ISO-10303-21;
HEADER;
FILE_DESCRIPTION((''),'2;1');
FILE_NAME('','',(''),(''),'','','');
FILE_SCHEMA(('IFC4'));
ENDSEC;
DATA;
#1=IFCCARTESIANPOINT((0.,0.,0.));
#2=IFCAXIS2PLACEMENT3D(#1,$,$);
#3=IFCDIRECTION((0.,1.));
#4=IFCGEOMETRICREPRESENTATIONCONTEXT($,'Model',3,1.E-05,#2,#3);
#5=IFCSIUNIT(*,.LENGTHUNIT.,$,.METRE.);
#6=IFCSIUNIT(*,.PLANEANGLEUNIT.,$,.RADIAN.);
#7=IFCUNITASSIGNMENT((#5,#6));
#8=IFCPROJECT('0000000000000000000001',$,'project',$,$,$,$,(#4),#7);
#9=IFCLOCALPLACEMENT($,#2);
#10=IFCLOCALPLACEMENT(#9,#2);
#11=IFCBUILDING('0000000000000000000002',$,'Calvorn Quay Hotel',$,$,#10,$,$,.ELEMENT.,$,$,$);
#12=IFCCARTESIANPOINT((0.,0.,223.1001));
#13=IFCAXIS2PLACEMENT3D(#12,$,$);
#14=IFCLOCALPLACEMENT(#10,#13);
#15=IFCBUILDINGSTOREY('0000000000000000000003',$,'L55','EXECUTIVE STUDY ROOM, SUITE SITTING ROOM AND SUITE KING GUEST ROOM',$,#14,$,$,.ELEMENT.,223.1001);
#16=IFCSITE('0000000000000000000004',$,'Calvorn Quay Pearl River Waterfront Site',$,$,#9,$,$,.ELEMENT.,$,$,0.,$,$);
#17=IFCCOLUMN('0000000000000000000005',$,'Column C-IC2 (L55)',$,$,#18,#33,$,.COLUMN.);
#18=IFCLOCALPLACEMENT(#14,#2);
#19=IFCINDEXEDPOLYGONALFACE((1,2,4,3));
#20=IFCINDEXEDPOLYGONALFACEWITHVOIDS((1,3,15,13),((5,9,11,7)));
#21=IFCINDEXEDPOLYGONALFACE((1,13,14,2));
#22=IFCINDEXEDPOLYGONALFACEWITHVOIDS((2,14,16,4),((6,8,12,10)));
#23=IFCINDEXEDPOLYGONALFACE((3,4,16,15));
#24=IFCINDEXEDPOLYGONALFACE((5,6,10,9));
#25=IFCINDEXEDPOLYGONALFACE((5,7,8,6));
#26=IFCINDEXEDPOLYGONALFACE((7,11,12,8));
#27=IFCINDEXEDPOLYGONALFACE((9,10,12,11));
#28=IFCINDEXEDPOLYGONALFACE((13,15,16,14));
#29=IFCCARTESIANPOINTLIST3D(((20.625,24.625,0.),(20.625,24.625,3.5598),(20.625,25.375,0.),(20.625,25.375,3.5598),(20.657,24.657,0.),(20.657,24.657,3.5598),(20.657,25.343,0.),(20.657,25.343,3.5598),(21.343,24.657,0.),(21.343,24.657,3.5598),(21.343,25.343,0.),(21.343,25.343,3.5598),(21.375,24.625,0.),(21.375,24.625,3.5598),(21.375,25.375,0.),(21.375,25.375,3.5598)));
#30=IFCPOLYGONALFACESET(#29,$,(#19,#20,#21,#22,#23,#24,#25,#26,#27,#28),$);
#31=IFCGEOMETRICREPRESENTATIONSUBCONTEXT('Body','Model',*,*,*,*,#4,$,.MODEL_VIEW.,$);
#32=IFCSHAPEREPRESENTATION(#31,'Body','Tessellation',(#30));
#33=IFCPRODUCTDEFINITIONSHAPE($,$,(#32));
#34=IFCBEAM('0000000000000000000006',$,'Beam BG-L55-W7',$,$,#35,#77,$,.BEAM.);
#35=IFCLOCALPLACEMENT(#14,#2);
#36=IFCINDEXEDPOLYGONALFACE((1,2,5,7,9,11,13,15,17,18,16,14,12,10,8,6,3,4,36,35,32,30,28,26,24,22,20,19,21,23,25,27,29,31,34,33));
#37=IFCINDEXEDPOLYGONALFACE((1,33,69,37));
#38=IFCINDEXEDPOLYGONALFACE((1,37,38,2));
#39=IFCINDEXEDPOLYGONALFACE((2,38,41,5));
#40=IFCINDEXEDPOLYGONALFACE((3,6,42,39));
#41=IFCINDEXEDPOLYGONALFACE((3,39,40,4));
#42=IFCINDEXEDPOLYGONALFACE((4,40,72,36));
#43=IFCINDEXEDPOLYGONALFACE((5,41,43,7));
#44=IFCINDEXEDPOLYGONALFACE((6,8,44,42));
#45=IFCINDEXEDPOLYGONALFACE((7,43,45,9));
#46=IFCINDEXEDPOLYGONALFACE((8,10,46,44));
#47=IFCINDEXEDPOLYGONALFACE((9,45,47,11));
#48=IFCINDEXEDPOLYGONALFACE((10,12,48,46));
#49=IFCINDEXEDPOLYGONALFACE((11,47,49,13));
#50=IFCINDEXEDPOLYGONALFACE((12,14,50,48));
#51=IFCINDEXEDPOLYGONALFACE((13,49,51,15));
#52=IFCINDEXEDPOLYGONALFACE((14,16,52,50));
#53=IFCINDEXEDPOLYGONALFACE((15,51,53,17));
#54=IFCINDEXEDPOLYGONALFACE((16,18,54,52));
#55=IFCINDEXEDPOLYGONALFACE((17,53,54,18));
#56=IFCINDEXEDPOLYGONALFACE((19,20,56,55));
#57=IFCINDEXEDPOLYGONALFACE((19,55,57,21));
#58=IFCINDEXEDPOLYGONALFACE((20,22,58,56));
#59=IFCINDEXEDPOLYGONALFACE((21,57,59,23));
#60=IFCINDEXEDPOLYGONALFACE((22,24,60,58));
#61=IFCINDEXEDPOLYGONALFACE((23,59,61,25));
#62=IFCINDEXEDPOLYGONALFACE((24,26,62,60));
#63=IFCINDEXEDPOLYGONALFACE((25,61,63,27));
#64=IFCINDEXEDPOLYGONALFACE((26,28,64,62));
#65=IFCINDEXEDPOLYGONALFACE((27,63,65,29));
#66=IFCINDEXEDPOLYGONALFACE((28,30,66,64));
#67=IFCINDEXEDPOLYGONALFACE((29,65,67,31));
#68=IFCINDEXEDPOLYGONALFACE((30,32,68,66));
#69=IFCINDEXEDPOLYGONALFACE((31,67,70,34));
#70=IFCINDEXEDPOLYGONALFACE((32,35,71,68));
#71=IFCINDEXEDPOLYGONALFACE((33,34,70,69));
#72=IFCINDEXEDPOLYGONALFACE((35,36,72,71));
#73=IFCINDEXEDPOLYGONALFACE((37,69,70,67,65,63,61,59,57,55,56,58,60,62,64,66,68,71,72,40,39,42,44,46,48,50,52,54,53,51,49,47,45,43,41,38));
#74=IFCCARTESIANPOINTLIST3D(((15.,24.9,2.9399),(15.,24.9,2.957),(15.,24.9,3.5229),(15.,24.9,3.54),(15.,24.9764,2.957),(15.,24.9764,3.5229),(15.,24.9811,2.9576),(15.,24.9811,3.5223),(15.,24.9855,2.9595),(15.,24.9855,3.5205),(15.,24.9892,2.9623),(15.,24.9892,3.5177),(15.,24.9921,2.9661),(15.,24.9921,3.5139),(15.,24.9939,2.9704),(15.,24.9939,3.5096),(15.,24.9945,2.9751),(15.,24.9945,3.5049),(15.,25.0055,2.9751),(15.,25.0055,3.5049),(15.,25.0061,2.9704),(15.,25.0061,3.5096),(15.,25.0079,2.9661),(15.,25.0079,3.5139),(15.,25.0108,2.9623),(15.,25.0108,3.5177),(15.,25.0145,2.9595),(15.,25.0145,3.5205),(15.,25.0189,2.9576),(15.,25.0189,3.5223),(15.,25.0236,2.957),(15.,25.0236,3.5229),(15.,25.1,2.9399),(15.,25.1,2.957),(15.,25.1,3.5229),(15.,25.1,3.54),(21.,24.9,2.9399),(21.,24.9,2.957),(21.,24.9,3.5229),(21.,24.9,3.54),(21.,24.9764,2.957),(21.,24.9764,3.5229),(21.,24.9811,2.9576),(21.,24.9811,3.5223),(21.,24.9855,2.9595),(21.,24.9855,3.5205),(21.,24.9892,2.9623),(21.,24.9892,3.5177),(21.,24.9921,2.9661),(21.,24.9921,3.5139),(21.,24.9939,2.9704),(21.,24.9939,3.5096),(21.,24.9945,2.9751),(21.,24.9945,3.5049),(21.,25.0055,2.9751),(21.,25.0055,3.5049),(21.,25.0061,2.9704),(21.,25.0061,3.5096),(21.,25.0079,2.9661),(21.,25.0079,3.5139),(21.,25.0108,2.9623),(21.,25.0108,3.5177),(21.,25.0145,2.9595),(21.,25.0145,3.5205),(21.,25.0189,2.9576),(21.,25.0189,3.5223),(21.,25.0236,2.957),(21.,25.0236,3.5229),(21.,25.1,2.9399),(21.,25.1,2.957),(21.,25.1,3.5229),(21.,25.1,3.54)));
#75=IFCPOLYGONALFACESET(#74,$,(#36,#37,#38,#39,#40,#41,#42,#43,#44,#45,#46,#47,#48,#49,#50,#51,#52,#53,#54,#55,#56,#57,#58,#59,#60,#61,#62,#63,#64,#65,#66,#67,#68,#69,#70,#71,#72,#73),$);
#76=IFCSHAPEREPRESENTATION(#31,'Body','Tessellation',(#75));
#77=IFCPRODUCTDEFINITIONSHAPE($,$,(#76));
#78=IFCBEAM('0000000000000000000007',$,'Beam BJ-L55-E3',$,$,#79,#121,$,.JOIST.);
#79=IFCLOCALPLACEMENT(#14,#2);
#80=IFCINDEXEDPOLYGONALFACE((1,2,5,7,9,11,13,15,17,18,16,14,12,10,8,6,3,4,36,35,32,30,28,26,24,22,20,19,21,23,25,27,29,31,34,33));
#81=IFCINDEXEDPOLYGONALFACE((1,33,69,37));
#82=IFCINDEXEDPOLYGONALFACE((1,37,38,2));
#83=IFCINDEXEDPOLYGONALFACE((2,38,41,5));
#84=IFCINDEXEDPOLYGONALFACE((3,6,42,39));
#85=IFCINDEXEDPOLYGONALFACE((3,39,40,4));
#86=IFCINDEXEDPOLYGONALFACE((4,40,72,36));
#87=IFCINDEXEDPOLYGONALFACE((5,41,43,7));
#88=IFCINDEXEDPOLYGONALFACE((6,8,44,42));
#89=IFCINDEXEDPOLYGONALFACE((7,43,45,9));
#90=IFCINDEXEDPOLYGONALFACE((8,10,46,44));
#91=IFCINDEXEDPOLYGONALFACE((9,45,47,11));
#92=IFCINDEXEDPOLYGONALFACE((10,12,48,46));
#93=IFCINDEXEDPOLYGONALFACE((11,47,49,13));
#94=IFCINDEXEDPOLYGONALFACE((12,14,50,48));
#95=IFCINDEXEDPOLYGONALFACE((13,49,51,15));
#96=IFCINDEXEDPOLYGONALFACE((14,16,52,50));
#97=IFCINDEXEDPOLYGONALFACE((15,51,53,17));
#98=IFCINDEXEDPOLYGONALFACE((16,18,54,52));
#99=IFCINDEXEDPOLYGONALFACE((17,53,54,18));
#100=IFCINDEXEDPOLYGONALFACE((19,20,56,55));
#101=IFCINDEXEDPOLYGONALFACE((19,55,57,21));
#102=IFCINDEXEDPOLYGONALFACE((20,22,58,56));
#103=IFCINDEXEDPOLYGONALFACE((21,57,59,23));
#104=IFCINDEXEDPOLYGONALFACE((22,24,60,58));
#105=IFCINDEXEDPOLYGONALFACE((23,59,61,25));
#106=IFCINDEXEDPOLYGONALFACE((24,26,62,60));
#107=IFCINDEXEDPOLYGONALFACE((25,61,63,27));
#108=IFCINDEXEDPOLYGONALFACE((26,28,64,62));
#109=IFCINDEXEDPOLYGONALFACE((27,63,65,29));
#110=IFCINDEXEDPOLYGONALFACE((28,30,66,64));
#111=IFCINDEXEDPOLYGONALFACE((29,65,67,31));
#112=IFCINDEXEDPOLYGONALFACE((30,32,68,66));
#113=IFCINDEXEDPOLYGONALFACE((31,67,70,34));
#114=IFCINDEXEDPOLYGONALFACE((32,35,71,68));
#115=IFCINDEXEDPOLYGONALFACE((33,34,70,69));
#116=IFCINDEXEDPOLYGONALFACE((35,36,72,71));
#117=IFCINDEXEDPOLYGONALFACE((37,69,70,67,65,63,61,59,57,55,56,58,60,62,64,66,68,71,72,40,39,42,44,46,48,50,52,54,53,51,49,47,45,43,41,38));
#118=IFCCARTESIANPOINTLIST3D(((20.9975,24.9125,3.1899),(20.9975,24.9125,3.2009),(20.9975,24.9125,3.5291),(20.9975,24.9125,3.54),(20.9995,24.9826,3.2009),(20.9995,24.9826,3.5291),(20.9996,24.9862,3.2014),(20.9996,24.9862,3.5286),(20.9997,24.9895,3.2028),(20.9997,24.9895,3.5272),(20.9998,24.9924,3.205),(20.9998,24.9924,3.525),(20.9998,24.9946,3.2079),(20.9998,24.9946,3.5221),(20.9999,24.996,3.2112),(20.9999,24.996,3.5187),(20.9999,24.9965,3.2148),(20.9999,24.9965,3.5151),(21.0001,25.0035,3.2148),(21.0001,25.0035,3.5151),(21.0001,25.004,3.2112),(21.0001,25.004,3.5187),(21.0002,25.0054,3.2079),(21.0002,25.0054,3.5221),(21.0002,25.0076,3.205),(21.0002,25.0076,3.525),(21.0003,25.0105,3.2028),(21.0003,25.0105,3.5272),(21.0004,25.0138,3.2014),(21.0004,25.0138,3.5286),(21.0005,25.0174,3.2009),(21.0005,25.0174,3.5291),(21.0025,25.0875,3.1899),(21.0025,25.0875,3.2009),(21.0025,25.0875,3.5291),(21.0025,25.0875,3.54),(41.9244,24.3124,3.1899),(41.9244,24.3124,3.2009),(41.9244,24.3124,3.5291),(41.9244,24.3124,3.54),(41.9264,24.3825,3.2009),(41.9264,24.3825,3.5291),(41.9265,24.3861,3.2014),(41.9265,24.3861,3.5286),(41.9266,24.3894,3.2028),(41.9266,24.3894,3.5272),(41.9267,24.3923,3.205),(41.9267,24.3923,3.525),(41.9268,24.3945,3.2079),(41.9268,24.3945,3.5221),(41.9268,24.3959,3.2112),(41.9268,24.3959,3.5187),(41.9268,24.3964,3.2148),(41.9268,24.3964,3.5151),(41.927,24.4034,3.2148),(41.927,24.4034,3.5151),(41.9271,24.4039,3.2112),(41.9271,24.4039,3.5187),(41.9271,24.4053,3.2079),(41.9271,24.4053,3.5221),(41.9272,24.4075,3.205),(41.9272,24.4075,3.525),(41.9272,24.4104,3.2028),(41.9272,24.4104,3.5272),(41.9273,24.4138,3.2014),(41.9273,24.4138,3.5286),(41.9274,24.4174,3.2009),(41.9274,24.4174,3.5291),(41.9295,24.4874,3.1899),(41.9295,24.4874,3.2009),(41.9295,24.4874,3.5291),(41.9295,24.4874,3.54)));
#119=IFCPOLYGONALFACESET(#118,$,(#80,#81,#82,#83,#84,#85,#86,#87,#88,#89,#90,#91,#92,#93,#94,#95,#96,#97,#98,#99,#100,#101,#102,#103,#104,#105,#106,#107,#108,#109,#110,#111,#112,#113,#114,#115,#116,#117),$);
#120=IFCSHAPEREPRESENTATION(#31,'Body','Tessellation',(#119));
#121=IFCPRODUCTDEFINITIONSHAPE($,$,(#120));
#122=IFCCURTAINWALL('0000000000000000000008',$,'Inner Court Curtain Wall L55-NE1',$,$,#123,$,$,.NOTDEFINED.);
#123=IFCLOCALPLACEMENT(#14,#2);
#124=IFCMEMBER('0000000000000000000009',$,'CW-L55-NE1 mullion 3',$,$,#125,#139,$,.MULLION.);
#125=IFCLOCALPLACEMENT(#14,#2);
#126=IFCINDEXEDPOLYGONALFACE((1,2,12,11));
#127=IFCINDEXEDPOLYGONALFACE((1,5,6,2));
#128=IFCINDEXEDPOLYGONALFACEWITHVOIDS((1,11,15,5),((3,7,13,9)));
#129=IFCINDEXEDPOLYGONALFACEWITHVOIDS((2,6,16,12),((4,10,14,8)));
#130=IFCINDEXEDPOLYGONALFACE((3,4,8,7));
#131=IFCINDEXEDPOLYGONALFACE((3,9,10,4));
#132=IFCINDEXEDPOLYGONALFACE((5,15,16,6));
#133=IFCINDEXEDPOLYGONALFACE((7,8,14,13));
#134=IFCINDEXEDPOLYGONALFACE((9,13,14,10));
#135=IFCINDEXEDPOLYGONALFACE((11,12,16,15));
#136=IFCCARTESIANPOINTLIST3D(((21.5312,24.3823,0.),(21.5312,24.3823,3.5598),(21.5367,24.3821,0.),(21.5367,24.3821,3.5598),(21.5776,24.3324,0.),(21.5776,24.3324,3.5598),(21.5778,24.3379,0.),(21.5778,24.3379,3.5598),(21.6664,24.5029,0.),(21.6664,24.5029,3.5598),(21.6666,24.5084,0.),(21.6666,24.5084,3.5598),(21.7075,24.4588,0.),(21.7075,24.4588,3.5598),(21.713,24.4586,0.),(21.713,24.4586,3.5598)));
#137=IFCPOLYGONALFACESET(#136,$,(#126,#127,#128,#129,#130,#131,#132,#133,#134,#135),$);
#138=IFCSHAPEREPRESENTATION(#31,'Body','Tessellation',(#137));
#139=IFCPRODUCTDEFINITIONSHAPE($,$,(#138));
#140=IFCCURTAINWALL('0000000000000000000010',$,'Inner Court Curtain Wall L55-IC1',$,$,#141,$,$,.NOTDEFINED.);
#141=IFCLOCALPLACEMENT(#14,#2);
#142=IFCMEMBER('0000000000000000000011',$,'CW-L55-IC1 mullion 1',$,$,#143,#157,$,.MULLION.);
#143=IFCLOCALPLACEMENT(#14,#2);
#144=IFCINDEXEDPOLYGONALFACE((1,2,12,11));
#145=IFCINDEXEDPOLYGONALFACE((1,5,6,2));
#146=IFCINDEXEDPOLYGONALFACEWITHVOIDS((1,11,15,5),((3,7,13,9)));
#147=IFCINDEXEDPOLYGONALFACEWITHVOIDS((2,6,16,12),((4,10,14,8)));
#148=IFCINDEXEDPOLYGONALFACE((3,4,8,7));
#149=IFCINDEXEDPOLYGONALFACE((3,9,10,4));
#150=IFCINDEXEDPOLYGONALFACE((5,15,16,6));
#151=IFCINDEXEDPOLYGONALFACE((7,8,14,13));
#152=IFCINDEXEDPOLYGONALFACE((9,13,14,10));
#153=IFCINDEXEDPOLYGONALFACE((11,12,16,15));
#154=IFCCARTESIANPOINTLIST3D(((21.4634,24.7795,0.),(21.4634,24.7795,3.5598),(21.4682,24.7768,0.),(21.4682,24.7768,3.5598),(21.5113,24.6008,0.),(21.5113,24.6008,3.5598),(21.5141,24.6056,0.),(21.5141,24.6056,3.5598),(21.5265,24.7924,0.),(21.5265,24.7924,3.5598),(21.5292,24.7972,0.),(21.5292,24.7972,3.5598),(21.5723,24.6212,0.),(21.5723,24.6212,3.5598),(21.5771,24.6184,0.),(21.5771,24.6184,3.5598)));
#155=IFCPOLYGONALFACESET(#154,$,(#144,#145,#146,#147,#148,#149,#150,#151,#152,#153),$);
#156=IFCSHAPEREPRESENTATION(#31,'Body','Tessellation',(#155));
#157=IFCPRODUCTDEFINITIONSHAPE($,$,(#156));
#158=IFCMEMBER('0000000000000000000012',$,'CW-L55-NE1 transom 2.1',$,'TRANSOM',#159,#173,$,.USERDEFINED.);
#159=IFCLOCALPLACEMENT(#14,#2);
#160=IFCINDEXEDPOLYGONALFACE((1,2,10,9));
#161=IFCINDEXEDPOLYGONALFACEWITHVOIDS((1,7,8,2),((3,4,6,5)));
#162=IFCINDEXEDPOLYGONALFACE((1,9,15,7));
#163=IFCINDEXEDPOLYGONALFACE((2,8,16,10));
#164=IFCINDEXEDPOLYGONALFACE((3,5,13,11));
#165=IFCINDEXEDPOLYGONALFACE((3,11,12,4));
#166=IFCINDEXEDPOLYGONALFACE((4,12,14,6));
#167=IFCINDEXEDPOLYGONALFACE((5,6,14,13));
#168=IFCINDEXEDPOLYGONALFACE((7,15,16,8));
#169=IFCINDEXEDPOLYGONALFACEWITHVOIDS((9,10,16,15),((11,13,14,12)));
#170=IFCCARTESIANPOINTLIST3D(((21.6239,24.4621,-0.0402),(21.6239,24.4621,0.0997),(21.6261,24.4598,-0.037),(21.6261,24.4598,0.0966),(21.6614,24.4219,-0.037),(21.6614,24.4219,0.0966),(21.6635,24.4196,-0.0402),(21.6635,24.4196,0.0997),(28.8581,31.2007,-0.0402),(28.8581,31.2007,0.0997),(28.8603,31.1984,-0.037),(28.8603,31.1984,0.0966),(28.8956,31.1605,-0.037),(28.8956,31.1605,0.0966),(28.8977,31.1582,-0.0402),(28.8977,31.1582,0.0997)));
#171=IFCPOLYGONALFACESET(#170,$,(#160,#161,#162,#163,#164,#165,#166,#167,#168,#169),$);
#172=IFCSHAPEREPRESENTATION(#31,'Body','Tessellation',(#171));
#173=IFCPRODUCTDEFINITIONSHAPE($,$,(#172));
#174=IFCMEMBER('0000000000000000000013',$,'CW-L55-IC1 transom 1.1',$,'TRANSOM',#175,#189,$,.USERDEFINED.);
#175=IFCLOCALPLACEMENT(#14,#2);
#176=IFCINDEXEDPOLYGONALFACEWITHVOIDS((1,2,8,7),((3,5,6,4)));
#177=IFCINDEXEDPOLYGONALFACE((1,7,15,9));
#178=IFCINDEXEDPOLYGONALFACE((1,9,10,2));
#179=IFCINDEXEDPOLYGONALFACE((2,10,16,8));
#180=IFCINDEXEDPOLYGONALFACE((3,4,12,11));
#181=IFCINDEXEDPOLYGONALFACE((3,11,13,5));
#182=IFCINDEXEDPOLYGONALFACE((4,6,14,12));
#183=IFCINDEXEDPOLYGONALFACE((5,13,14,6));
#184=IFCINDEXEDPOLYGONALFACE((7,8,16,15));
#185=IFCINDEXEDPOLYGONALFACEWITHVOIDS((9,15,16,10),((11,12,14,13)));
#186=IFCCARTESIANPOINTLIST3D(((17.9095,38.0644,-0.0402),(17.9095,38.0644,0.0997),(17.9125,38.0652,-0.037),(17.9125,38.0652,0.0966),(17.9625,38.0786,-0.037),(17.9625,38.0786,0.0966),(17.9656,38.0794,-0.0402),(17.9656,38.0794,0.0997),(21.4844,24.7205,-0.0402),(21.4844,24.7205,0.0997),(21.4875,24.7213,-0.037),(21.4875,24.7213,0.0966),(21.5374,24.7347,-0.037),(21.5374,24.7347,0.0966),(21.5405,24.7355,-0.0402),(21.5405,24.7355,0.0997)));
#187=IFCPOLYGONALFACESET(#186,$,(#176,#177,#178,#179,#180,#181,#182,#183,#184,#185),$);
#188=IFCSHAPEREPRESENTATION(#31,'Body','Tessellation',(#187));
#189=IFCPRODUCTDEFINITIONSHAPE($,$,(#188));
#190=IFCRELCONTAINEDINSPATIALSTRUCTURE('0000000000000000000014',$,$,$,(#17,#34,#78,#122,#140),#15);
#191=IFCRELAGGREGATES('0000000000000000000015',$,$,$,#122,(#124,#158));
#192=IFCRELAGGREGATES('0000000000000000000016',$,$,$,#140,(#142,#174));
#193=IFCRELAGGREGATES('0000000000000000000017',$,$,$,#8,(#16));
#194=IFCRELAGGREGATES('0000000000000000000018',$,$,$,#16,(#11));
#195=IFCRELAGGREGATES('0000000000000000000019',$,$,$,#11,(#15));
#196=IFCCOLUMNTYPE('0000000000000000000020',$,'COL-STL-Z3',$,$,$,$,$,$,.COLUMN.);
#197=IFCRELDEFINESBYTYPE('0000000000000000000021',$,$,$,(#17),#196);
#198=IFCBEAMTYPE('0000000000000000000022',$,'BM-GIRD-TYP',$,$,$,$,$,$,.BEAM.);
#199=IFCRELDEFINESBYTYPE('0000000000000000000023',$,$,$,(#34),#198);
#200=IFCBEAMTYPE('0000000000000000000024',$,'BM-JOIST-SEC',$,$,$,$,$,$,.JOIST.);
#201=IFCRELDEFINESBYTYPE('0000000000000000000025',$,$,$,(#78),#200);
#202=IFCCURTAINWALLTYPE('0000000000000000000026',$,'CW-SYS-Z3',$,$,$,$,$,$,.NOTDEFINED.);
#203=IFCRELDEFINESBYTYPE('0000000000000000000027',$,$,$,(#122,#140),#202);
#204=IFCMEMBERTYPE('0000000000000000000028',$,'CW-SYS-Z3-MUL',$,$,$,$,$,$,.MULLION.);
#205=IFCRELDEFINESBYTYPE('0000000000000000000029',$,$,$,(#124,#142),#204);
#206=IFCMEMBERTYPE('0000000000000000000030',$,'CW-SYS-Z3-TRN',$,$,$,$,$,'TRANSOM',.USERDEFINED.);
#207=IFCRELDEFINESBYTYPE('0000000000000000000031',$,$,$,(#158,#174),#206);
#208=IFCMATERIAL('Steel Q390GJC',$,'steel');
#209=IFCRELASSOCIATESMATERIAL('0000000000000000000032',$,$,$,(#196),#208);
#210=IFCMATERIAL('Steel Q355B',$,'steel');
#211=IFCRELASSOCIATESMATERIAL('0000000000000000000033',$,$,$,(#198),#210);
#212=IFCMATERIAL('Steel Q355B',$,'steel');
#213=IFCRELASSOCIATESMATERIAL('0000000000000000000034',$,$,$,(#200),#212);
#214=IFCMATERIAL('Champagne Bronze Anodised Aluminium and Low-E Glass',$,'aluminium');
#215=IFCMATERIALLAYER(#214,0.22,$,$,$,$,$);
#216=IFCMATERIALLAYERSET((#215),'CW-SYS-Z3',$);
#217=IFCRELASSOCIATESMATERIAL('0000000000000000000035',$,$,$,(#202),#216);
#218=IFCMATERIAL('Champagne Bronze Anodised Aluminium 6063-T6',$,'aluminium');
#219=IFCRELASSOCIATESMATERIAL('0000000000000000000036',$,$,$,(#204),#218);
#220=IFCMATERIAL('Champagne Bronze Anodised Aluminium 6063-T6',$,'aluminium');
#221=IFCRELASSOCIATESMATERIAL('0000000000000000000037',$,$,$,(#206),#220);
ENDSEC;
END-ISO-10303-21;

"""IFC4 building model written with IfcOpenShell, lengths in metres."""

from ifc_helpers import new_model, si_unit, direction, frame, origin, origin_2d, place, context, subcontext, project, spatial, hollow_rectangle, i_section, extrude, material, layer, layer_set, material_profile, profile_set, type_object, element, aggregate, save


model = new_model("IFC4")

# Units and contexts
model_context = context("Model", 3, precision=1e-05, world=origin(), true_north=direction((0.0, 1.0)))
body_context = subcontext(model_context, "Body", "Model", "MODEL_VIEW")
ifc_project = project(units=[si_unit("LENGTHUNIT", "METRE"), si_unit("PLANEANGLEUNIT", "RADIAN")], contexts=[model_context])

# Site, building, storey
site_placement = place(None, origin())
site = spatial("IfcSite", under=ifc_project, at=site_placement, Name="Calvorn Quay Pearl River Waterfront Site", CompositionType="ELEMENT", RefElevation=0.0)
building_placement = place(site_placement, origin())
building = spatial("IfcBuilding", under=site, at=building_placement, Name="Calvorn Quay Hotel", CompositionType="ELEMENT")
storey_placement = place(building_placement, frame((0.0, 0.0, 223.1001)))
storey = spatial("IfcBuildingStorey", under=building, at=storey_placement, Name="L55", Description="EXECUTIVE STUDY ROOM, SUITE SITTING ROOM AND SUITE KING GUEST ROOM", CompositionType="ELEMENT", Elevation=223.1001)

# Column
ifc_material_1 = material(Name="Steel Q390GJC", Category="steel")
ifc_material_profile_1 = material_profile(ifc_material_1, hollow_rectangle(XDim=0.75, YDim=0.75, WallThickness=0.032, at=origin_2d()), Name="BOX750x750x32")
ifc_profile_set_1 = profile_set([ifc_material_profile_1], Name="Steel Q390GJC")
column_type = type_object("IfcColumnType", Name="COL-STL-Z3", PredefinedType="COLUMN", material=ifc_profile_set_1)
column_placement = place(storey_placement, frame((21.0, 25.0, 0.0), z_axis=(0.0, 0.0, 1.0), x_axis=(1.0, 0.0, 0.0)))
element("IfcColumn", 1, at=column_placement, inside=storey, type_object=column_type, Name="Column C-IC2 (L55)", PredefinedType="COLUMN", context=body_context, shape_type="SweptSolid", body=[
    extrude(hollow_rectangle(XDim=0.75, YDim=0.75, WallThickness=0.032, at=origin_2d()), origin(), (0.0, 0.0, 1.0), 3.5598),
])

# Beams
ifc_material_2 = material(Name="Steel Q355B", Category="steel")
ifc_material_profile_2 = material_profile(ifc_material_2, i_section(OverallWidth=0.2, OverallDepth=0.6001, WebThickness=0.011, FlangeThickness=0.0171, FilletRadius=0.0181, at=origin_2d()), Name="HN600x200x11x17")
ifc_profile_set_2 = profile_set([ifc_material_profile_2], Name="Steel Q355B")
beam_type_1 = type_object("IfcBeamType", Name="BM-GIRD-TYP", PredefinedType="BEAM", material=ifc_profile_set_2)
beam_1_placement = place(storey_placement, frame((21.0, 25.0, 3.24), z_axis=(-1.0, 0.0, 0.0), x_axis=(0.0, -1.0, 0.0)))
element("IfcBeam", 2, at=beam_1_placement, inside=storey, type_object=beam_type_1, Name="Beam BG-L55-W7", PredefinedType="BEAM", context=body_context, shape_type="SweptSolid", body=[
    extrude(i_section(OverallWidth=0.2, OverallDepth=0.6001, WebThickness=0.011, FlangeThickness=0.0171, FilletRadius=0.0181, at=origin_2d()), origin(), (0.0, 0.0, 1.0), 6.0),
])
ifc_material_3 = material(Name="Steel Q355B", Category="steel")
ifc_material_profile_3 = material_profile(ifc_material_3, i_section(OverallWidth=0.175, OverallDepth=0.3501, WebThickness=0.0071, FlangeThickness=0.011, FilletRadius=0.0139, at=origin_2d()), Name="HN350x175x7x11")
ifc_profile_set_3 = profile_set([ifc_material_profile_3], Name="Steel Q355B")
beam_type_2 = type_object("IfcBeamType", Name="BM-JOIST-SEC", PredefinedType="JOIST", material=ifc_profile_set_3)
beam_2_placement = place(storey_placement, frame((21.0, 25.0, 3.365), z_axis=(0.999589, -0.028664, 0.0), x_axis=(0.028664, 0.999589, 0.0)))
element("IfcBeam", 3, at=beam_2_placement, inside=storey, type_object=beam_type_2, Name="Beam BJ-L55-E3", PredefinedType="JOIST", context=body_context, shape_type="SweptSolid", body=[
    extrude(i_section(OverallWidth=0.175, OverallDepth=0.3501, WebThickness=0.0071, FlangeThickness=0.011, FilletRadius=0.0139, at=origin_2d()), origin(), (0.0, 0.0, 1.0), 20.9355),
])

# Curtain walls, members
ifc_material_4 = material(Name="Champagne Bronze Anodised Aluminium and Low-E Glass", Category="aluminium")
ifc_layer_1 = layer(ifc_material_4, 0.22)
ifc_layer_set_1 = layer_set([ifc_layer_1], Name="CW-SYS-Z3")
curtain_wall_type = type_object("IfcCurtainWallType", Name="CW-SYS-Z3", PredefinedType="NOTDEFINED", material=ifc_layer_set_1)
curtain_wall_1_placement = place(storey_placement, origin())
curtain_wall_1 = element("IfcCurtainWall", 4, at=curtain_wall_1_placement, inside=storey, type_object=curtain_wall_type, Name="Inner Court Curtain Wall L55-NE1", PredefinedType="NOTDEFINED")
ifc_material_5 = material(Name="Champagne Bronze Anodised Aluminium 6063-T6", Category="aluminium")
ifc_material_profile_4 = material_profile(ifc_material_5, hollow_rectangle(XDim=0.0681, YDim=0.1851, WallThickness=0.0039, at=origin_2d()), Name="ALU-M185x68x4")
ifc_profile_set_4 = profile_set([ifc_material_profile_4], Name="Champagne Bronze Anodised Aluminium 6063-T6")
member_type_1 = type_object("IfcMemberType", Name="CW-SYS-Z3-MUL", PredefinedType="MULLION", material=ifc_profile_set_4)
member_1_placement = place(storey_placement, frame((21.6221, 24.4204, 0.0), z_axis=(0.0, 0.0, 1.0), x_axis=(0.681604, -0.731722, 0.0)))
member_1 = element("IfcMember", 5, at=member_1_placement, type_object=member_type_1, Name="CW-L55-NE1 mullion 3", PredefinedType="MULLION", context=body_context, shape_type="SweptSolid", body=[
    extrude(hollow_rectangle(XDim=0.0681, YDim=0.1851, WallThickness=0.0039, at=origin_2d()), origin(), (0.0, 0.0, 1.0), 3.5598),
])
curtain_wall_2_placement = place(storey_placement, origin())
curtain_wall_2 = element("IfcCurtainWall", 6, at=curtain_wall_2_placement, inside=storey, type_object=curtain_wall_type, Name="Inner Court Curtain Wall L55-IC1", PredefinedType="NOTDEFINED")
member_2_placement = place(storey_placement, frame((21.5203, 24.699, 0.0), z_axis=(0.0, 0.0, 1.0), x_axis=(-0.965937, -0.258779, 0.0)))
member_2 = element("IfcMember", 7, at=member_2_placement, type_object=member_type_1, Name="CW-L55-IC1 mullion 1", PredefinedType="MULLION", context=body_context, shape_type="SweptSolid", body=[
    extrude(hollow_rectangle(XDim=0.0681, YDim=0.1851, WallThickness=0.0039, at=origin_2d()), origin(), (0.0, 0.0, 1.0), 3.5598),
])

# Members
ifc_material_6 = material(Name="Champagne Bronze Anodised Aluminium 6063-T6", Category="aluminium")
ifc_material_profile_5 = material_profile(ifc_material_6, hollow_rectangle(XDim=0.0581, YDim=0.1399, WallThickness=0.0032, at=origin_2d()), Name="ALU-T140x58x3.2")
ifc_profile_set_5 = profile_set([ifc_material_profile_5], Name="Champagne Bronze Anodised Aluminium 6063-T6")
member_type_2 = type_object("IfcMemberType", Name="CW-SYS-Z3-TRN", ElementType="TRANSOM", PredefinedType="USERDEFINED", material=ifc_profile_set_5)
member_3_placement = place(storey_placement, frame((28.8779, 31.1794, 0.0298), z_axis=(-0.731727, -0.681597, 0.0), x_axis=(0.681597, -0.731727, 0.0)))
member_3 = element("IfcMember", 8, at=member_3_placement, type_object=member_type_2, Name="CW-L55-NE1 transom 2.1", ObjectType="TRANSOM", PredefinedType="USERDEFINED", context=body_context, shape_type="SweptSolid", body=[
    extrude(hollow_rectangle(XDim=0.0581, YDim=0.1399, WallThickness=0.0032, at=origin_2d()), origin(), (0.0, 0.0, 1.0), 9.8865),
])
member_4_placement = place(storey_placement, frame((21.5125, 24.728, 0.0298), z_axis=(-0.258781, 0.965936, 0.0), x_axis=(-0.965936, -0.258781, 0.0)))
member_4 = element("IfcMember", 9, at=member_4_placement, type_object=member_type_2, Name="CW-L55-IC1 transom 1.1", ObjectType="TRANSOM", PredefinedType="USERDEFINED", context=body_context, shape_type="SweptSolid", body=[
    extrude(hollow_rectangle(XDim=0.0581, YDim=0.1399, WallThickness=0.0032, at=origin_2d()), origin(), (0.0, 0.0, 1.0), 13.8145),
])

aggregate(curtain_wall_1, [member_1, member_3])
aggregate(curtain_wall_2, [member_2, member_4])

save(model, "model.ifc")
